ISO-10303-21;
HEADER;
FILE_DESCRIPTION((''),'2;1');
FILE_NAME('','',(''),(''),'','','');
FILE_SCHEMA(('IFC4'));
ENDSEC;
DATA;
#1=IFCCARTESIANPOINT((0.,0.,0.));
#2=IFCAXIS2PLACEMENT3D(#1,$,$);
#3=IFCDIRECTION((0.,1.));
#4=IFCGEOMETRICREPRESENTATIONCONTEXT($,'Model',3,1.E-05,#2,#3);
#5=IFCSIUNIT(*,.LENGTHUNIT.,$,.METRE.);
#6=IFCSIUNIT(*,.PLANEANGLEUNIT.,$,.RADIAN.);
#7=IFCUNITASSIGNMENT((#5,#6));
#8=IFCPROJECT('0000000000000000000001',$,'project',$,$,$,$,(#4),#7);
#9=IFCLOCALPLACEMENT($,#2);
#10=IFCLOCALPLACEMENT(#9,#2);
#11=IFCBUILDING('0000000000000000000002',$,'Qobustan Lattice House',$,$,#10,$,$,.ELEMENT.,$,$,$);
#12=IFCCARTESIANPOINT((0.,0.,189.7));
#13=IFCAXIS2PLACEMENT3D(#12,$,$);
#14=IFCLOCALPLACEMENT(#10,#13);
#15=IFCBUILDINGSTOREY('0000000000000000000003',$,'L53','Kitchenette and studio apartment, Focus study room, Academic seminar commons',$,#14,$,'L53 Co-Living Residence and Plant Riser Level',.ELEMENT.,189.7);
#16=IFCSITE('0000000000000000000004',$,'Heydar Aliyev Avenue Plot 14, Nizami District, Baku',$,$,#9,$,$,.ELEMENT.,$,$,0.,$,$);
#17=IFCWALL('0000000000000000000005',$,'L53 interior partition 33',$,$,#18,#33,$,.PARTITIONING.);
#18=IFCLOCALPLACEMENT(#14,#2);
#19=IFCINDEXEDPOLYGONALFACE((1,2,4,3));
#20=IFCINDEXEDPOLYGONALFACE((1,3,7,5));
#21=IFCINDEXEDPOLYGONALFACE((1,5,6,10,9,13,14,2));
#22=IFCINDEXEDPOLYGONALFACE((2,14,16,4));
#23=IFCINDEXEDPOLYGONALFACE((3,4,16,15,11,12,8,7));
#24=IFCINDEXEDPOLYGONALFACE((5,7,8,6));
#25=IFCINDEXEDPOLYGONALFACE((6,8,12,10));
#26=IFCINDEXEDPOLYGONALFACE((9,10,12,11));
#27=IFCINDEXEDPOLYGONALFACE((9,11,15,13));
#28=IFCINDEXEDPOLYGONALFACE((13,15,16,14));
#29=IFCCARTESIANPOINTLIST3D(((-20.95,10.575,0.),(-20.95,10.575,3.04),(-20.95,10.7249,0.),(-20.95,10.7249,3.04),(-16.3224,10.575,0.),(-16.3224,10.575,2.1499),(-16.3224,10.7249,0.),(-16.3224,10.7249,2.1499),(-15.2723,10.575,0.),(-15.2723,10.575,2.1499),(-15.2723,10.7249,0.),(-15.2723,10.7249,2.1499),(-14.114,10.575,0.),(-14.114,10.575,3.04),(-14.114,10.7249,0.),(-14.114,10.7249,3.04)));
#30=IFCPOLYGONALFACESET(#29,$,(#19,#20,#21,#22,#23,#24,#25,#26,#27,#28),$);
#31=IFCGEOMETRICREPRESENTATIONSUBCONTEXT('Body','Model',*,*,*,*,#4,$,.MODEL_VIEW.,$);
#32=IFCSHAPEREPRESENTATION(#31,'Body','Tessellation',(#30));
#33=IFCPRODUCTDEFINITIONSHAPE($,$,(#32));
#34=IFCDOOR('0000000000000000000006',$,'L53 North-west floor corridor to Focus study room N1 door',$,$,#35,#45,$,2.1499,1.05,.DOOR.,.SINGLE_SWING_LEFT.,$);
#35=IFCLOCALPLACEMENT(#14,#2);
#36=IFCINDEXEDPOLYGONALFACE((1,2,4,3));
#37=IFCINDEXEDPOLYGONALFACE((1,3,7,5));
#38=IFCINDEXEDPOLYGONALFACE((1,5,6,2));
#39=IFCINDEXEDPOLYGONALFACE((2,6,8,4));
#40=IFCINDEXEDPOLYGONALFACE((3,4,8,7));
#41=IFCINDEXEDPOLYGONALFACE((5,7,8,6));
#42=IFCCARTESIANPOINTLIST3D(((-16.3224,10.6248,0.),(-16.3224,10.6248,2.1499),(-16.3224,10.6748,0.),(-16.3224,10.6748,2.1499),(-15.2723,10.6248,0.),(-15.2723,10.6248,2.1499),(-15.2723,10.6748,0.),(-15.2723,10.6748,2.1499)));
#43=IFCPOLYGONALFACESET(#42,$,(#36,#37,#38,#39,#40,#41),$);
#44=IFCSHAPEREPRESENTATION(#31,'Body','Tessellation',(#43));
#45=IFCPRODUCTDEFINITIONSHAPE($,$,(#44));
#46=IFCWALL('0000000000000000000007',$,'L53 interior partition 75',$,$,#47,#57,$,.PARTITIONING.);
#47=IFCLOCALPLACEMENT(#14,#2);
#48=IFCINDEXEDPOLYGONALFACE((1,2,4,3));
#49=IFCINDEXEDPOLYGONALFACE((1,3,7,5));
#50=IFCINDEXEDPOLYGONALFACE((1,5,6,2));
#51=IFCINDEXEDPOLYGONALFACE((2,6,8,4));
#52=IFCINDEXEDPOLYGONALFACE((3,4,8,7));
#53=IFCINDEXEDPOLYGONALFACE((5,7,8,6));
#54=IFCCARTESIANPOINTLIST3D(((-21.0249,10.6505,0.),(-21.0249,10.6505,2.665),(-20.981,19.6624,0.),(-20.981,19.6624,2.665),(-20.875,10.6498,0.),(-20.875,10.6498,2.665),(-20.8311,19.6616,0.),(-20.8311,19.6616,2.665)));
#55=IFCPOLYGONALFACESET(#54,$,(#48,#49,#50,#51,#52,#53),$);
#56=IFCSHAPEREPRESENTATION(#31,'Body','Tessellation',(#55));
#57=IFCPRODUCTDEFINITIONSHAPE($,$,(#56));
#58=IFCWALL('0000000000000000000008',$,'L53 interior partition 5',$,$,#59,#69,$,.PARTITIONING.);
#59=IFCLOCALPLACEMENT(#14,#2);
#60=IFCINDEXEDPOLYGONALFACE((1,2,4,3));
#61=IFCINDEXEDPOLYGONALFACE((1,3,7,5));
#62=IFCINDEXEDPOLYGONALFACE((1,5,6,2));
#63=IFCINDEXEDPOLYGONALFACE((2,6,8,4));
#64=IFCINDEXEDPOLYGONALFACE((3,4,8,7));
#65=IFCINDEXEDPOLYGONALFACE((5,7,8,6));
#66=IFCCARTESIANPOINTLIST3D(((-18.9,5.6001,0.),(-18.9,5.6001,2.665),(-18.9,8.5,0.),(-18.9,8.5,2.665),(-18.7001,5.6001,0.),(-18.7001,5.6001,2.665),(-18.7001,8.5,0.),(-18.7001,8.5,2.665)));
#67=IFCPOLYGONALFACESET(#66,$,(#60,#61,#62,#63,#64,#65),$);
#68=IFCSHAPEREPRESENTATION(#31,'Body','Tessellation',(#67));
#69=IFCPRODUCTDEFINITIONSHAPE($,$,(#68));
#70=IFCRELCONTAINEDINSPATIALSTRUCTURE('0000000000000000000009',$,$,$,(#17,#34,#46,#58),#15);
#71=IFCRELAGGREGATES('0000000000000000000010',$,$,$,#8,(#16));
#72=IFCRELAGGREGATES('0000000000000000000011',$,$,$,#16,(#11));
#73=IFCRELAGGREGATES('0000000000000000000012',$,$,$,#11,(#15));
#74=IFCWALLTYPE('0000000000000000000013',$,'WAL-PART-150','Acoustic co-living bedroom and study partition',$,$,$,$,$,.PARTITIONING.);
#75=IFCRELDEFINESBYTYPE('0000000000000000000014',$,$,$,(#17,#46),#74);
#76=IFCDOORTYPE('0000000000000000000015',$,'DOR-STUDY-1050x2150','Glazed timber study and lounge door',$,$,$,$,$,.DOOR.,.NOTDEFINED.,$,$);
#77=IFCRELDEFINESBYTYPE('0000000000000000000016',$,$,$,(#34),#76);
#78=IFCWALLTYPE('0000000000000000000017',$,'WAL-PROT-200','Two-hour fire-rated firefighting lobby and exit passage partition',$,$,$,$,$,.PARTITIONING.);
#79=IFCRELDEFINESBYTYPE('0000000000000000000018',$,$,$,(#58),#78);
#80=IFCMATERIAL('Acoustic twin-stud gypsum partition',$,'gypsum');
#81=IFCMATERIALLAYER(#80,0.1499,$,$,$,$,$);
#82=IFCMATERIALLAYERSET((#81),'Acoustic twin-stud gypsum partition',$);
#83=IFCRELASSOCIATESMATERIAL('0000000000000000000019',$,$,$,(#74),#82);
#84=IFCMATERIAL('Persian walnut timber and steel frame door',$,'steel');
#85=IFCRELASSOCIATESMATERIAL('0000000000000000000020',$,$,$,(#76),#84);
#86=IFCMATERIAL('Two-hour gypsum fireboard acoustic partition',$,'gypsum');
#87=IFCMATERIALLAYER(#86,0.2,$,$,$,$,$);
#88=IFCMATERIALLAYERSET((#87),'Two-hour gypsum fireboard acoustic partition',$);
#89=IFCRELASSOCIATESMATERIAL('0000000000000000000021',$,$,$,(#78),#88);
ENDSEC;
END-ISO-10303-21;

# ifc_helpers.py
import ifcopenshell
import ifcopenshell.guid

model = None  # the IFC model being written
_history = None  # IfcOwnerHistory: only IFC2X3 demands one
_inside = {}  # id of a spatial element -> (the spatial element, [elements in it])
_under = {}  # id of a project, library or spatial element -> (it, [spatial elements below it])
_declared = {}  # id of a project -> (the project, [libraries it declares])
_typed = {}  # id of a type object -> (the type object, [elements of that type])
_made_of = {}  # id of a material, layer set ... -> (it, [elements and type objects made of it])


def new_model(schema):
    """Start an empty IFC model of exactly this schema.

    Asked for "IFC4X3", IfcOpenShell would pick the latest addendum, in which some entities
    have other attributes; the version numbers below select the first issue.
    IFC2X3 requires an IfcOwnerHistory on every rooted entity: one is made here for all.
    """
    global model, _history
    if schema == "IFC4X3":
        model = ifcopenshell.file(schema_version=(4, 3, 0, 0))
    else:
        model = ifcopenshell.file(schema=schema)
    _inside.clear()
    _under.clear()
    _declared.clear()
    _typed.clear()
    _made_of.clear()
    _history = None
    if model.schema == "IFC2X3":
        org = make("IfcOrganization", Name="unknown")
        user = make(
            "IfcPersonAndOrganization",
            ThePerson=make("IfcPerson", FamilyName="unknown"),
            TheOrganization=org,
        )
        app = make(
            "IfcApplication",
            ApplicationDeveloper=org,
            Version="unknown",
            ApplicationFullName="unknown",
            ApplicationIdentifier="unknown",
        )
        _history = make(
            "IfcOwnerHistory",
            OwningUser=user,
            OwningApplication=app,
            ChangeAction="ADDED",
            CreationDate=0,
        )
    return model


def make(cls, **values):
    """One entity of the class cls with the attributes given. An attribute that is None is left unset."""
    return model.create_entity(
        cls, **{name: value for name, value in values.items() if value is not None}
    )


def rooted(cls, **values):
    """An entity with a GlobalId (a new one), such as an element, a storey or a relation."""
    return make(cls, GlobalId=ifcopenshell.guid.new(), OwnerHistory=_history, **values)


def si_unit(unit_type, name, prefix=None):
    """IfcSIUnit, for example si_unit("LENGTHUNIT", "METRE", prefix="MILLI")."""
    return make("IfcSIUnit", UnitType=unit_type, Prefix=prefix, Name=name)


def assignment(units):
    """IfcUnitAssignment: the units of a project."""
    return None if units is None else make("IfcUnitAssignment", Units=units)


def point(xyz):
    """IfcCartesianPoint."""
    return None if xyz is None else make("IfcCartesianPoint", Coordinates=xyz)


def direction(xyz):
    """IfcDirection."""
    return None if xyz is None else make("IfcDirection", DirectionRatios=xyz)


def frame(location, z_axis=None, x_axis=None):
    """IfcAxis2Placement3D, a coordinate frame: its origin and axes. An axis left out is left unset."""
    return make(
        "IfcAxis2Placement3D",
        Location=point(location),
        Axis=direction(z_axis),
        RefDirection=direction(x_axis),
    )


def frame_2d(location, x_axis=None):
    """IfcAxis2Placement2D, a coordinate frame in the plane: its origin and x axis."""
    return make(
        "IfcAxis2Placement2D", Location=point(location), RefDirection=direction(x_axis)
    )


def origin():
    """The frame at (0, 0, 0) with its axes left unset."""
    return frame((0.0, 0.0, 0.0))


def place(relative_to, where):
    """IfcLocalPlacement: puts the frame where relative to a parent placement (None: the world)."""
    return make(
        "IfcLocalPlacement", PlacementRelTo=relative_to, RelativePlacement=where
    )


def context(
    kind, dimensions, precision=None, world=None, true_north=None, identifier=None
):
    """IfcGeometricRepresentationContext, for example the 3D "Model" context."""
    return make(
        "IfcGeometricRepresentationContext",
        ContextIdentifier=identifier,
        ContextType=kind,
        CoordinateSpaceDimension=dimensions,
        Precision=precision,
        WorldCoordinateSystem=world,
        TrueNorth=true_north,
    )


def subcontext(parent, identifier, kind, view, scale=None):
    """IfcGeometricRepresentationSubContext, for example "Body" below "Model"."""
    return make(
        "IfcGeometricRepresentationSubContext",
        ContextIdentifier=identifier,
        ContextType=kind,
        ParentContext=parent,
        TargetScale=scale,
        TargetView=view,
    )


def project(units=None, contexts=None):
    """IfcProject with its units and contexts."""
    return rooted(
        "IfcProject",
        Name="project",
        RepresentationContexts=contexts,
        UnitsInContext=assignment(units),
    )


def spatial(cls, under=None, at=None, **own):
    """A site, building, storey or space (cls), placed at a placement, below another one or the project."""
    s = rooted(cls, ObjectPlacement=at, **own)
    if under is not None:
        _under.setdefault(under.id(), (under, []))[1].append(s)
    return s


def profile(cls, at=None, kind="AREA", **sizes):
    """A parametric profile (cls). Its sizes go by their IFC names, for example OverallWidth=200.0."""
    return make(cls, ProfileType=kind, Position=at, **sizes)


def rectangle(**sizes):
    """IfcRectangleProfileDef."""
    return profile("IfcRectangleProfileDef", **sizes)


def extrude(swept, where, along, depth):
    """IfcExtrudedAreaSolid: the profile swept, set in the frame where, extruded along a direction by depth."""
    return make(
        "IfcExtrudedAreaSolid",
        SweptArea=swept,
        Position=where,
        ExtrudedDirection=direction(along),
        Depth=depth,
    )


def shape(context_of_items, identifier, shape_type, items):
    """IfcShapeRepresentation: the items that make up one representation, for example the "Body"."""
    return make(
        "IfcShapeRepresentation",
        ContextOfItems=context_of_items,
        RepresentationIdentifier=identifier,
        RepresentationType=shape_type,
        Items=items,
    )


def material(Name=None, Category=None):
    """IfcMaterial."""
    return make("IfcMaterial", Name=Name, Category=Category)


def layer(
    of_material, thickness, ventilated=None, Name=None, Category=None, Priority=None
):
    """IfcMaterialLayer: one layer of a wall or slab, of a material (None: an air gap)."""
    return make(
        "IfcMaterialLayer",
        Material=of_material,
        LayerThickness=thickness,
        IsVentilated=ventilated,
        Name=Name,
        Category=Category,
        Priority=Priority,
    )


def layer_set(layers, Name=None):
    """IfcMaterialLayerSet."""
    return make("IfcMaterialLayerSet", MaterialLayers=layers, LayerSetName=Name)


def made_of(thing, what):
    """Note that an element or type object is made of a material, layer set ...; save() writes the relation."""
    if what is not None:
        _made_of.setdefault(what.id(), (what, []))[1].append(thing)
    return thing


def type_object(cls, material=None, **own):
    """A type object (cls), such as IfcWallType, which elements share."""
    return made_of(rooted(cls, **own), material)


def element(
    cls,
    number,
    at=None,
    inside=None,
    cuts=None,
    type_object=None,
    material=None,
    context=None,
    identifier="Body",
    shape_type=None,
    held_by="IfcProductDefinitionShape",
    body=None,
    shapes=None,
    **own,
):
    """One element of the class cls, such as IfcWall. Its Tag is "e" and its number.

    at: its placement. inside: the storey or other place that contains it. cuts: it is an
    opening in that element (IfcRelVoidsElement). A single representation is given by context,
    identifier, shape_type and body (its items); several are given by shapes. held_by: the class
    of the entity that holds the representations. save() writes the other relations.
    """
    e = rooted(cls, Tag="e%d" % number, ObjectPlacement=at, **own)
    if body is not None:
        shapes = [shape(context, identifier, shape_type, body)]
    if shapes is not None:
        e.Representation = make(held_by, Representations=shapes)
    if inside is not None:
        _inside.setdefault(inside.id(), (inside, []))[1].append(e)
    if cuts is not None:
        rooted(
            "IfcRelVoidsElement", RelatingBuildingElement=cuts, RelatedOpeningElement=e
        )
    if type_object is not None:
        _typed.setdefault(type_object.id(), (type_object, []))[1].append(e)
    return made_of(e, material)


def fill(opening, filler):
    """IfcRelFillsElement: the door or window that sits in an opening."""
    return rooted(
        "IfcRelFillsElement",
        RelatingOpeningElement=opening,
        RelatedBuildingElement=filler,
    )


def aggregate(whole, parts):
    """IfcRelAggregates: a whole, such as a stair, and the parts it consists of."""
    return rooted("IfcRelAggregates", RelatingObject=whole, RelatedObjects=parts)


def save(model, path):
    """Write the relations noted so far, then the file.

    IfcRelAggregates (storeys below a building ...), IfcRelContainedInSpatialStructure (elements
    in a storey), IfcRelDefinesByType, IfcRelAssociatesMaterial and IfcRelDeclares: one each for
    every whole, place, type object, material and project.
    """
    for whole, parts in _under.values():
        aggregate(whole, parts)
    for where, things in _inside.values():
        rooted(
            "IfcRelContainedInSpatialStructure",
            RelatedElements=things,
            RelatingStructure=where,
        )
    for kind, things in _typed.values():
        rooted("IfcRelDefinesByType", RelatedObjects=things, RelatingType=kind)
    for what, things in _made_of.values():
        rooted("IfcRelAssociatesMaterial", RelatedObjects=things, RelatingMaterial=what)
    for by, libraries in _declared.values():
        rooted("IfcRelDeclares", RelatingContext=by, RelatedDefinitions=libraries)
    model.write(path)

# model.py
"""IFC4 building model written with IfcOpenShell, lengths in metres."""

from ifc_helpers import new_model, si_unit, direction, frame, frame_2d, origin, place, context, subcontext, project, spatial, rectangle, extrude, material, layer, layer_set, type_object, element, fill, save


model = new_model("IFC4")

# Units and contexts
model_context = context("Model", 3, precision=1e-05, world=origin(), true_north=direction((0.0, 1.0)))
body_context = subcontext(model_context, "Body", "Model", "MODEL_VIEW")
ifc_project = project(units=[si_unit("LENGTHUNIT", "METRE"), si_unit("PLANEANGLEUNIT", "RADIAN")], contexts=[model_context])

# Site, building, storey
site_placement = place(None, origin())
site = spatial("IfcSite", under=ifc_project, at=site_placement, Name="Heydar Aliyev Avenue Plot 14, Nizami District, Baku", CompositionType="ELEMENT", RefElevation=0.0)
building_placement = place(site_placement, origin())
building = spatial("IfcBuilding", under=site, at=building_placement, Name="Qobustan Lattice House", CompositionType="ELEMENT")
storey_placement = place(building_placement, frame((0.0, 0.0, 189.7)))
storey = spatial("IfcBuildingStorey", under=building, at=storey_placement, Name="L53", Description="Kitchenette and studio apartment, Focus study room, Academic seminar commons", LongName="L53 Co-Living Residence and Plant Riser Level", CompositionType="ELEMENT", Elevation=189.7)

# Wall, opening, door
ifc_material_1 = material(Name="Acoustic twin-stud gypsum partition", Category="gypsum")
ifc_layer_1 = layer(ifc_material_1, 0.1499)
ifc_layer_set_1 = layer_set([ifc_layer_1], Name="Acoustic twin-stud gypsum partition")
wall_type_1 = type_object("IfcWallType", Name="WAL-PART-150", Description="Acoustic co-living bedroom and study partition", PredefinedType="PARTITIONING", material=ifc_layer_set_1)
wall_1_placement = place(storey_placement, frame((-20.95, 10.6499, 0.0), z_axis=(0.0, 0.0, 1.0), x_axis=(1.0, 0.0, 0.0)))
wall_1 = element("IfcWall", 1, at=wall_1_placement, inside=storey, type_object=wall_type_1, Name="L53 interior partition 33", PredefinedType="PARTITIONING", context=body_context, shape_type="SweptSolid", body=[
    extrude(rectangle(XDim=6.8359, YDim=0.1499, at=frame_2d((3.418, 0.0))), origin(), (0.0, 0.0, 1.0), 3.04),
])
opening_1_placement = place(wall_1_placement, frame((4.6277, 0.0, 0.0)))
opening_1 = element("IfcOpeningElement", 2, at=opening_1_placement, cuts=wall_1, PredefinedType="OPENING", context=body_context, shape_type="SweptSolid", body=[
    extrude(rectangle(XDim=1.05, YDim=2.1499, at=frame_2d((0.5249, 1.075))), frame((0.0, 0.085, 0.0), z_axis=(0.0, -1.0, 0.0), x_axis=(1.0, 0.0, 0.0)), (0.0, 0.0, 1.0), 0.1699),
])
ifc_material_2 = material(Name="Persian walnut timber and steel frame door", Category="steel")
door_type = type_object("IfcDoorType", Name="DOR-STUDY-1050x2150", Description="Glazed timber study and lounge door", OperationType="NOTDEFINED", PredefinedType="DOOR", material=ifc_material_2)
door_placement = place(opening_1_placement, origin())
door = element("IfcDoor", 3, at=door_placement, inside=storey, type_object=door_type, Name="L53 North-west floor corridor to Focus study room N1 door", OperationType="SINGLE_SWING_LEFT", OverallHeight=2.1499, OverallWidth=1.05, PredefinedType="DOOR", context=body_context, shape_type="SweptSolid", body=[
    extrude(rectangle(XDim=1.05, YDim=2.1499, at=frame_2d((0.5249, 1.075))), frame((0.0, 0.0249, 0.0), z_axis=(0.0, -1.0, 0.0), x_axis=(1.0, 0.0, 0.0)), (0.0, 0.0, 1.0), 0.05),
])
fill(opening_1, door)

# Walls
wall_2_placement = place(storey_placement, frame((-20.906, 19.6619, 0.0), z_axis=(0.0, 0.0, 1.0), x_axis=(-0.004876, -0.999988, 0.0)))
element("IfcWall", 4, at=wall_2_placement, inside=storey, type_object=wall_type_1, Name="L53 interior partition 75", PredefinedType="PARTITIONING", context=body_context, shape_type="SweptSolid", body=[
    extrude(rectangle(XDim=9.012, YDim=0.1499, at=frame_2d((4.5059, 0.0))), origin(), (0.0, 0.0, 1.0), 2.665),
])
ifc_material_3 = material(Name="Two-hour gypsum fireboard acoustic partition", Category="gypsum")
ifc_layer_2 = layer(ifc_material_3, 0.2)
ifc_layer_set_2 = layer_set([ifc_layer_2], Name="Two-hour gypsum fireboard acoustic partition")
wall_type_2 = type_object("IfcWallType", Name="WAL-PROT-200", Description="Two-hour fire-rated firefighting lobby and exit passage partition", PredefinedType="PARTITIONING", material=ifc_layer_set_2)
wall_3_placement = place(storey_placement, frame((-18.8, 8.5, 0.0), z_axis=(0.0, 0.0, 1.0), x_axis=(0.0, -1.0, 0.0)))
element("IfcWall", 5, at=wall_3_placement, inside=storey, type_object=wall_type_2, Name="L53 interior partition 5", PredefinedType="PARTITIONING", context=body_context, shape_type="SweptSolid", body=[
    extrude(rectangle(XDim=2.8999, YDim=0.2, at=frame_2d((1.45, 0.0))), origin(), (0.0, 0.0, 1.0), 2.665),
])

save(model, "model.ifc")
